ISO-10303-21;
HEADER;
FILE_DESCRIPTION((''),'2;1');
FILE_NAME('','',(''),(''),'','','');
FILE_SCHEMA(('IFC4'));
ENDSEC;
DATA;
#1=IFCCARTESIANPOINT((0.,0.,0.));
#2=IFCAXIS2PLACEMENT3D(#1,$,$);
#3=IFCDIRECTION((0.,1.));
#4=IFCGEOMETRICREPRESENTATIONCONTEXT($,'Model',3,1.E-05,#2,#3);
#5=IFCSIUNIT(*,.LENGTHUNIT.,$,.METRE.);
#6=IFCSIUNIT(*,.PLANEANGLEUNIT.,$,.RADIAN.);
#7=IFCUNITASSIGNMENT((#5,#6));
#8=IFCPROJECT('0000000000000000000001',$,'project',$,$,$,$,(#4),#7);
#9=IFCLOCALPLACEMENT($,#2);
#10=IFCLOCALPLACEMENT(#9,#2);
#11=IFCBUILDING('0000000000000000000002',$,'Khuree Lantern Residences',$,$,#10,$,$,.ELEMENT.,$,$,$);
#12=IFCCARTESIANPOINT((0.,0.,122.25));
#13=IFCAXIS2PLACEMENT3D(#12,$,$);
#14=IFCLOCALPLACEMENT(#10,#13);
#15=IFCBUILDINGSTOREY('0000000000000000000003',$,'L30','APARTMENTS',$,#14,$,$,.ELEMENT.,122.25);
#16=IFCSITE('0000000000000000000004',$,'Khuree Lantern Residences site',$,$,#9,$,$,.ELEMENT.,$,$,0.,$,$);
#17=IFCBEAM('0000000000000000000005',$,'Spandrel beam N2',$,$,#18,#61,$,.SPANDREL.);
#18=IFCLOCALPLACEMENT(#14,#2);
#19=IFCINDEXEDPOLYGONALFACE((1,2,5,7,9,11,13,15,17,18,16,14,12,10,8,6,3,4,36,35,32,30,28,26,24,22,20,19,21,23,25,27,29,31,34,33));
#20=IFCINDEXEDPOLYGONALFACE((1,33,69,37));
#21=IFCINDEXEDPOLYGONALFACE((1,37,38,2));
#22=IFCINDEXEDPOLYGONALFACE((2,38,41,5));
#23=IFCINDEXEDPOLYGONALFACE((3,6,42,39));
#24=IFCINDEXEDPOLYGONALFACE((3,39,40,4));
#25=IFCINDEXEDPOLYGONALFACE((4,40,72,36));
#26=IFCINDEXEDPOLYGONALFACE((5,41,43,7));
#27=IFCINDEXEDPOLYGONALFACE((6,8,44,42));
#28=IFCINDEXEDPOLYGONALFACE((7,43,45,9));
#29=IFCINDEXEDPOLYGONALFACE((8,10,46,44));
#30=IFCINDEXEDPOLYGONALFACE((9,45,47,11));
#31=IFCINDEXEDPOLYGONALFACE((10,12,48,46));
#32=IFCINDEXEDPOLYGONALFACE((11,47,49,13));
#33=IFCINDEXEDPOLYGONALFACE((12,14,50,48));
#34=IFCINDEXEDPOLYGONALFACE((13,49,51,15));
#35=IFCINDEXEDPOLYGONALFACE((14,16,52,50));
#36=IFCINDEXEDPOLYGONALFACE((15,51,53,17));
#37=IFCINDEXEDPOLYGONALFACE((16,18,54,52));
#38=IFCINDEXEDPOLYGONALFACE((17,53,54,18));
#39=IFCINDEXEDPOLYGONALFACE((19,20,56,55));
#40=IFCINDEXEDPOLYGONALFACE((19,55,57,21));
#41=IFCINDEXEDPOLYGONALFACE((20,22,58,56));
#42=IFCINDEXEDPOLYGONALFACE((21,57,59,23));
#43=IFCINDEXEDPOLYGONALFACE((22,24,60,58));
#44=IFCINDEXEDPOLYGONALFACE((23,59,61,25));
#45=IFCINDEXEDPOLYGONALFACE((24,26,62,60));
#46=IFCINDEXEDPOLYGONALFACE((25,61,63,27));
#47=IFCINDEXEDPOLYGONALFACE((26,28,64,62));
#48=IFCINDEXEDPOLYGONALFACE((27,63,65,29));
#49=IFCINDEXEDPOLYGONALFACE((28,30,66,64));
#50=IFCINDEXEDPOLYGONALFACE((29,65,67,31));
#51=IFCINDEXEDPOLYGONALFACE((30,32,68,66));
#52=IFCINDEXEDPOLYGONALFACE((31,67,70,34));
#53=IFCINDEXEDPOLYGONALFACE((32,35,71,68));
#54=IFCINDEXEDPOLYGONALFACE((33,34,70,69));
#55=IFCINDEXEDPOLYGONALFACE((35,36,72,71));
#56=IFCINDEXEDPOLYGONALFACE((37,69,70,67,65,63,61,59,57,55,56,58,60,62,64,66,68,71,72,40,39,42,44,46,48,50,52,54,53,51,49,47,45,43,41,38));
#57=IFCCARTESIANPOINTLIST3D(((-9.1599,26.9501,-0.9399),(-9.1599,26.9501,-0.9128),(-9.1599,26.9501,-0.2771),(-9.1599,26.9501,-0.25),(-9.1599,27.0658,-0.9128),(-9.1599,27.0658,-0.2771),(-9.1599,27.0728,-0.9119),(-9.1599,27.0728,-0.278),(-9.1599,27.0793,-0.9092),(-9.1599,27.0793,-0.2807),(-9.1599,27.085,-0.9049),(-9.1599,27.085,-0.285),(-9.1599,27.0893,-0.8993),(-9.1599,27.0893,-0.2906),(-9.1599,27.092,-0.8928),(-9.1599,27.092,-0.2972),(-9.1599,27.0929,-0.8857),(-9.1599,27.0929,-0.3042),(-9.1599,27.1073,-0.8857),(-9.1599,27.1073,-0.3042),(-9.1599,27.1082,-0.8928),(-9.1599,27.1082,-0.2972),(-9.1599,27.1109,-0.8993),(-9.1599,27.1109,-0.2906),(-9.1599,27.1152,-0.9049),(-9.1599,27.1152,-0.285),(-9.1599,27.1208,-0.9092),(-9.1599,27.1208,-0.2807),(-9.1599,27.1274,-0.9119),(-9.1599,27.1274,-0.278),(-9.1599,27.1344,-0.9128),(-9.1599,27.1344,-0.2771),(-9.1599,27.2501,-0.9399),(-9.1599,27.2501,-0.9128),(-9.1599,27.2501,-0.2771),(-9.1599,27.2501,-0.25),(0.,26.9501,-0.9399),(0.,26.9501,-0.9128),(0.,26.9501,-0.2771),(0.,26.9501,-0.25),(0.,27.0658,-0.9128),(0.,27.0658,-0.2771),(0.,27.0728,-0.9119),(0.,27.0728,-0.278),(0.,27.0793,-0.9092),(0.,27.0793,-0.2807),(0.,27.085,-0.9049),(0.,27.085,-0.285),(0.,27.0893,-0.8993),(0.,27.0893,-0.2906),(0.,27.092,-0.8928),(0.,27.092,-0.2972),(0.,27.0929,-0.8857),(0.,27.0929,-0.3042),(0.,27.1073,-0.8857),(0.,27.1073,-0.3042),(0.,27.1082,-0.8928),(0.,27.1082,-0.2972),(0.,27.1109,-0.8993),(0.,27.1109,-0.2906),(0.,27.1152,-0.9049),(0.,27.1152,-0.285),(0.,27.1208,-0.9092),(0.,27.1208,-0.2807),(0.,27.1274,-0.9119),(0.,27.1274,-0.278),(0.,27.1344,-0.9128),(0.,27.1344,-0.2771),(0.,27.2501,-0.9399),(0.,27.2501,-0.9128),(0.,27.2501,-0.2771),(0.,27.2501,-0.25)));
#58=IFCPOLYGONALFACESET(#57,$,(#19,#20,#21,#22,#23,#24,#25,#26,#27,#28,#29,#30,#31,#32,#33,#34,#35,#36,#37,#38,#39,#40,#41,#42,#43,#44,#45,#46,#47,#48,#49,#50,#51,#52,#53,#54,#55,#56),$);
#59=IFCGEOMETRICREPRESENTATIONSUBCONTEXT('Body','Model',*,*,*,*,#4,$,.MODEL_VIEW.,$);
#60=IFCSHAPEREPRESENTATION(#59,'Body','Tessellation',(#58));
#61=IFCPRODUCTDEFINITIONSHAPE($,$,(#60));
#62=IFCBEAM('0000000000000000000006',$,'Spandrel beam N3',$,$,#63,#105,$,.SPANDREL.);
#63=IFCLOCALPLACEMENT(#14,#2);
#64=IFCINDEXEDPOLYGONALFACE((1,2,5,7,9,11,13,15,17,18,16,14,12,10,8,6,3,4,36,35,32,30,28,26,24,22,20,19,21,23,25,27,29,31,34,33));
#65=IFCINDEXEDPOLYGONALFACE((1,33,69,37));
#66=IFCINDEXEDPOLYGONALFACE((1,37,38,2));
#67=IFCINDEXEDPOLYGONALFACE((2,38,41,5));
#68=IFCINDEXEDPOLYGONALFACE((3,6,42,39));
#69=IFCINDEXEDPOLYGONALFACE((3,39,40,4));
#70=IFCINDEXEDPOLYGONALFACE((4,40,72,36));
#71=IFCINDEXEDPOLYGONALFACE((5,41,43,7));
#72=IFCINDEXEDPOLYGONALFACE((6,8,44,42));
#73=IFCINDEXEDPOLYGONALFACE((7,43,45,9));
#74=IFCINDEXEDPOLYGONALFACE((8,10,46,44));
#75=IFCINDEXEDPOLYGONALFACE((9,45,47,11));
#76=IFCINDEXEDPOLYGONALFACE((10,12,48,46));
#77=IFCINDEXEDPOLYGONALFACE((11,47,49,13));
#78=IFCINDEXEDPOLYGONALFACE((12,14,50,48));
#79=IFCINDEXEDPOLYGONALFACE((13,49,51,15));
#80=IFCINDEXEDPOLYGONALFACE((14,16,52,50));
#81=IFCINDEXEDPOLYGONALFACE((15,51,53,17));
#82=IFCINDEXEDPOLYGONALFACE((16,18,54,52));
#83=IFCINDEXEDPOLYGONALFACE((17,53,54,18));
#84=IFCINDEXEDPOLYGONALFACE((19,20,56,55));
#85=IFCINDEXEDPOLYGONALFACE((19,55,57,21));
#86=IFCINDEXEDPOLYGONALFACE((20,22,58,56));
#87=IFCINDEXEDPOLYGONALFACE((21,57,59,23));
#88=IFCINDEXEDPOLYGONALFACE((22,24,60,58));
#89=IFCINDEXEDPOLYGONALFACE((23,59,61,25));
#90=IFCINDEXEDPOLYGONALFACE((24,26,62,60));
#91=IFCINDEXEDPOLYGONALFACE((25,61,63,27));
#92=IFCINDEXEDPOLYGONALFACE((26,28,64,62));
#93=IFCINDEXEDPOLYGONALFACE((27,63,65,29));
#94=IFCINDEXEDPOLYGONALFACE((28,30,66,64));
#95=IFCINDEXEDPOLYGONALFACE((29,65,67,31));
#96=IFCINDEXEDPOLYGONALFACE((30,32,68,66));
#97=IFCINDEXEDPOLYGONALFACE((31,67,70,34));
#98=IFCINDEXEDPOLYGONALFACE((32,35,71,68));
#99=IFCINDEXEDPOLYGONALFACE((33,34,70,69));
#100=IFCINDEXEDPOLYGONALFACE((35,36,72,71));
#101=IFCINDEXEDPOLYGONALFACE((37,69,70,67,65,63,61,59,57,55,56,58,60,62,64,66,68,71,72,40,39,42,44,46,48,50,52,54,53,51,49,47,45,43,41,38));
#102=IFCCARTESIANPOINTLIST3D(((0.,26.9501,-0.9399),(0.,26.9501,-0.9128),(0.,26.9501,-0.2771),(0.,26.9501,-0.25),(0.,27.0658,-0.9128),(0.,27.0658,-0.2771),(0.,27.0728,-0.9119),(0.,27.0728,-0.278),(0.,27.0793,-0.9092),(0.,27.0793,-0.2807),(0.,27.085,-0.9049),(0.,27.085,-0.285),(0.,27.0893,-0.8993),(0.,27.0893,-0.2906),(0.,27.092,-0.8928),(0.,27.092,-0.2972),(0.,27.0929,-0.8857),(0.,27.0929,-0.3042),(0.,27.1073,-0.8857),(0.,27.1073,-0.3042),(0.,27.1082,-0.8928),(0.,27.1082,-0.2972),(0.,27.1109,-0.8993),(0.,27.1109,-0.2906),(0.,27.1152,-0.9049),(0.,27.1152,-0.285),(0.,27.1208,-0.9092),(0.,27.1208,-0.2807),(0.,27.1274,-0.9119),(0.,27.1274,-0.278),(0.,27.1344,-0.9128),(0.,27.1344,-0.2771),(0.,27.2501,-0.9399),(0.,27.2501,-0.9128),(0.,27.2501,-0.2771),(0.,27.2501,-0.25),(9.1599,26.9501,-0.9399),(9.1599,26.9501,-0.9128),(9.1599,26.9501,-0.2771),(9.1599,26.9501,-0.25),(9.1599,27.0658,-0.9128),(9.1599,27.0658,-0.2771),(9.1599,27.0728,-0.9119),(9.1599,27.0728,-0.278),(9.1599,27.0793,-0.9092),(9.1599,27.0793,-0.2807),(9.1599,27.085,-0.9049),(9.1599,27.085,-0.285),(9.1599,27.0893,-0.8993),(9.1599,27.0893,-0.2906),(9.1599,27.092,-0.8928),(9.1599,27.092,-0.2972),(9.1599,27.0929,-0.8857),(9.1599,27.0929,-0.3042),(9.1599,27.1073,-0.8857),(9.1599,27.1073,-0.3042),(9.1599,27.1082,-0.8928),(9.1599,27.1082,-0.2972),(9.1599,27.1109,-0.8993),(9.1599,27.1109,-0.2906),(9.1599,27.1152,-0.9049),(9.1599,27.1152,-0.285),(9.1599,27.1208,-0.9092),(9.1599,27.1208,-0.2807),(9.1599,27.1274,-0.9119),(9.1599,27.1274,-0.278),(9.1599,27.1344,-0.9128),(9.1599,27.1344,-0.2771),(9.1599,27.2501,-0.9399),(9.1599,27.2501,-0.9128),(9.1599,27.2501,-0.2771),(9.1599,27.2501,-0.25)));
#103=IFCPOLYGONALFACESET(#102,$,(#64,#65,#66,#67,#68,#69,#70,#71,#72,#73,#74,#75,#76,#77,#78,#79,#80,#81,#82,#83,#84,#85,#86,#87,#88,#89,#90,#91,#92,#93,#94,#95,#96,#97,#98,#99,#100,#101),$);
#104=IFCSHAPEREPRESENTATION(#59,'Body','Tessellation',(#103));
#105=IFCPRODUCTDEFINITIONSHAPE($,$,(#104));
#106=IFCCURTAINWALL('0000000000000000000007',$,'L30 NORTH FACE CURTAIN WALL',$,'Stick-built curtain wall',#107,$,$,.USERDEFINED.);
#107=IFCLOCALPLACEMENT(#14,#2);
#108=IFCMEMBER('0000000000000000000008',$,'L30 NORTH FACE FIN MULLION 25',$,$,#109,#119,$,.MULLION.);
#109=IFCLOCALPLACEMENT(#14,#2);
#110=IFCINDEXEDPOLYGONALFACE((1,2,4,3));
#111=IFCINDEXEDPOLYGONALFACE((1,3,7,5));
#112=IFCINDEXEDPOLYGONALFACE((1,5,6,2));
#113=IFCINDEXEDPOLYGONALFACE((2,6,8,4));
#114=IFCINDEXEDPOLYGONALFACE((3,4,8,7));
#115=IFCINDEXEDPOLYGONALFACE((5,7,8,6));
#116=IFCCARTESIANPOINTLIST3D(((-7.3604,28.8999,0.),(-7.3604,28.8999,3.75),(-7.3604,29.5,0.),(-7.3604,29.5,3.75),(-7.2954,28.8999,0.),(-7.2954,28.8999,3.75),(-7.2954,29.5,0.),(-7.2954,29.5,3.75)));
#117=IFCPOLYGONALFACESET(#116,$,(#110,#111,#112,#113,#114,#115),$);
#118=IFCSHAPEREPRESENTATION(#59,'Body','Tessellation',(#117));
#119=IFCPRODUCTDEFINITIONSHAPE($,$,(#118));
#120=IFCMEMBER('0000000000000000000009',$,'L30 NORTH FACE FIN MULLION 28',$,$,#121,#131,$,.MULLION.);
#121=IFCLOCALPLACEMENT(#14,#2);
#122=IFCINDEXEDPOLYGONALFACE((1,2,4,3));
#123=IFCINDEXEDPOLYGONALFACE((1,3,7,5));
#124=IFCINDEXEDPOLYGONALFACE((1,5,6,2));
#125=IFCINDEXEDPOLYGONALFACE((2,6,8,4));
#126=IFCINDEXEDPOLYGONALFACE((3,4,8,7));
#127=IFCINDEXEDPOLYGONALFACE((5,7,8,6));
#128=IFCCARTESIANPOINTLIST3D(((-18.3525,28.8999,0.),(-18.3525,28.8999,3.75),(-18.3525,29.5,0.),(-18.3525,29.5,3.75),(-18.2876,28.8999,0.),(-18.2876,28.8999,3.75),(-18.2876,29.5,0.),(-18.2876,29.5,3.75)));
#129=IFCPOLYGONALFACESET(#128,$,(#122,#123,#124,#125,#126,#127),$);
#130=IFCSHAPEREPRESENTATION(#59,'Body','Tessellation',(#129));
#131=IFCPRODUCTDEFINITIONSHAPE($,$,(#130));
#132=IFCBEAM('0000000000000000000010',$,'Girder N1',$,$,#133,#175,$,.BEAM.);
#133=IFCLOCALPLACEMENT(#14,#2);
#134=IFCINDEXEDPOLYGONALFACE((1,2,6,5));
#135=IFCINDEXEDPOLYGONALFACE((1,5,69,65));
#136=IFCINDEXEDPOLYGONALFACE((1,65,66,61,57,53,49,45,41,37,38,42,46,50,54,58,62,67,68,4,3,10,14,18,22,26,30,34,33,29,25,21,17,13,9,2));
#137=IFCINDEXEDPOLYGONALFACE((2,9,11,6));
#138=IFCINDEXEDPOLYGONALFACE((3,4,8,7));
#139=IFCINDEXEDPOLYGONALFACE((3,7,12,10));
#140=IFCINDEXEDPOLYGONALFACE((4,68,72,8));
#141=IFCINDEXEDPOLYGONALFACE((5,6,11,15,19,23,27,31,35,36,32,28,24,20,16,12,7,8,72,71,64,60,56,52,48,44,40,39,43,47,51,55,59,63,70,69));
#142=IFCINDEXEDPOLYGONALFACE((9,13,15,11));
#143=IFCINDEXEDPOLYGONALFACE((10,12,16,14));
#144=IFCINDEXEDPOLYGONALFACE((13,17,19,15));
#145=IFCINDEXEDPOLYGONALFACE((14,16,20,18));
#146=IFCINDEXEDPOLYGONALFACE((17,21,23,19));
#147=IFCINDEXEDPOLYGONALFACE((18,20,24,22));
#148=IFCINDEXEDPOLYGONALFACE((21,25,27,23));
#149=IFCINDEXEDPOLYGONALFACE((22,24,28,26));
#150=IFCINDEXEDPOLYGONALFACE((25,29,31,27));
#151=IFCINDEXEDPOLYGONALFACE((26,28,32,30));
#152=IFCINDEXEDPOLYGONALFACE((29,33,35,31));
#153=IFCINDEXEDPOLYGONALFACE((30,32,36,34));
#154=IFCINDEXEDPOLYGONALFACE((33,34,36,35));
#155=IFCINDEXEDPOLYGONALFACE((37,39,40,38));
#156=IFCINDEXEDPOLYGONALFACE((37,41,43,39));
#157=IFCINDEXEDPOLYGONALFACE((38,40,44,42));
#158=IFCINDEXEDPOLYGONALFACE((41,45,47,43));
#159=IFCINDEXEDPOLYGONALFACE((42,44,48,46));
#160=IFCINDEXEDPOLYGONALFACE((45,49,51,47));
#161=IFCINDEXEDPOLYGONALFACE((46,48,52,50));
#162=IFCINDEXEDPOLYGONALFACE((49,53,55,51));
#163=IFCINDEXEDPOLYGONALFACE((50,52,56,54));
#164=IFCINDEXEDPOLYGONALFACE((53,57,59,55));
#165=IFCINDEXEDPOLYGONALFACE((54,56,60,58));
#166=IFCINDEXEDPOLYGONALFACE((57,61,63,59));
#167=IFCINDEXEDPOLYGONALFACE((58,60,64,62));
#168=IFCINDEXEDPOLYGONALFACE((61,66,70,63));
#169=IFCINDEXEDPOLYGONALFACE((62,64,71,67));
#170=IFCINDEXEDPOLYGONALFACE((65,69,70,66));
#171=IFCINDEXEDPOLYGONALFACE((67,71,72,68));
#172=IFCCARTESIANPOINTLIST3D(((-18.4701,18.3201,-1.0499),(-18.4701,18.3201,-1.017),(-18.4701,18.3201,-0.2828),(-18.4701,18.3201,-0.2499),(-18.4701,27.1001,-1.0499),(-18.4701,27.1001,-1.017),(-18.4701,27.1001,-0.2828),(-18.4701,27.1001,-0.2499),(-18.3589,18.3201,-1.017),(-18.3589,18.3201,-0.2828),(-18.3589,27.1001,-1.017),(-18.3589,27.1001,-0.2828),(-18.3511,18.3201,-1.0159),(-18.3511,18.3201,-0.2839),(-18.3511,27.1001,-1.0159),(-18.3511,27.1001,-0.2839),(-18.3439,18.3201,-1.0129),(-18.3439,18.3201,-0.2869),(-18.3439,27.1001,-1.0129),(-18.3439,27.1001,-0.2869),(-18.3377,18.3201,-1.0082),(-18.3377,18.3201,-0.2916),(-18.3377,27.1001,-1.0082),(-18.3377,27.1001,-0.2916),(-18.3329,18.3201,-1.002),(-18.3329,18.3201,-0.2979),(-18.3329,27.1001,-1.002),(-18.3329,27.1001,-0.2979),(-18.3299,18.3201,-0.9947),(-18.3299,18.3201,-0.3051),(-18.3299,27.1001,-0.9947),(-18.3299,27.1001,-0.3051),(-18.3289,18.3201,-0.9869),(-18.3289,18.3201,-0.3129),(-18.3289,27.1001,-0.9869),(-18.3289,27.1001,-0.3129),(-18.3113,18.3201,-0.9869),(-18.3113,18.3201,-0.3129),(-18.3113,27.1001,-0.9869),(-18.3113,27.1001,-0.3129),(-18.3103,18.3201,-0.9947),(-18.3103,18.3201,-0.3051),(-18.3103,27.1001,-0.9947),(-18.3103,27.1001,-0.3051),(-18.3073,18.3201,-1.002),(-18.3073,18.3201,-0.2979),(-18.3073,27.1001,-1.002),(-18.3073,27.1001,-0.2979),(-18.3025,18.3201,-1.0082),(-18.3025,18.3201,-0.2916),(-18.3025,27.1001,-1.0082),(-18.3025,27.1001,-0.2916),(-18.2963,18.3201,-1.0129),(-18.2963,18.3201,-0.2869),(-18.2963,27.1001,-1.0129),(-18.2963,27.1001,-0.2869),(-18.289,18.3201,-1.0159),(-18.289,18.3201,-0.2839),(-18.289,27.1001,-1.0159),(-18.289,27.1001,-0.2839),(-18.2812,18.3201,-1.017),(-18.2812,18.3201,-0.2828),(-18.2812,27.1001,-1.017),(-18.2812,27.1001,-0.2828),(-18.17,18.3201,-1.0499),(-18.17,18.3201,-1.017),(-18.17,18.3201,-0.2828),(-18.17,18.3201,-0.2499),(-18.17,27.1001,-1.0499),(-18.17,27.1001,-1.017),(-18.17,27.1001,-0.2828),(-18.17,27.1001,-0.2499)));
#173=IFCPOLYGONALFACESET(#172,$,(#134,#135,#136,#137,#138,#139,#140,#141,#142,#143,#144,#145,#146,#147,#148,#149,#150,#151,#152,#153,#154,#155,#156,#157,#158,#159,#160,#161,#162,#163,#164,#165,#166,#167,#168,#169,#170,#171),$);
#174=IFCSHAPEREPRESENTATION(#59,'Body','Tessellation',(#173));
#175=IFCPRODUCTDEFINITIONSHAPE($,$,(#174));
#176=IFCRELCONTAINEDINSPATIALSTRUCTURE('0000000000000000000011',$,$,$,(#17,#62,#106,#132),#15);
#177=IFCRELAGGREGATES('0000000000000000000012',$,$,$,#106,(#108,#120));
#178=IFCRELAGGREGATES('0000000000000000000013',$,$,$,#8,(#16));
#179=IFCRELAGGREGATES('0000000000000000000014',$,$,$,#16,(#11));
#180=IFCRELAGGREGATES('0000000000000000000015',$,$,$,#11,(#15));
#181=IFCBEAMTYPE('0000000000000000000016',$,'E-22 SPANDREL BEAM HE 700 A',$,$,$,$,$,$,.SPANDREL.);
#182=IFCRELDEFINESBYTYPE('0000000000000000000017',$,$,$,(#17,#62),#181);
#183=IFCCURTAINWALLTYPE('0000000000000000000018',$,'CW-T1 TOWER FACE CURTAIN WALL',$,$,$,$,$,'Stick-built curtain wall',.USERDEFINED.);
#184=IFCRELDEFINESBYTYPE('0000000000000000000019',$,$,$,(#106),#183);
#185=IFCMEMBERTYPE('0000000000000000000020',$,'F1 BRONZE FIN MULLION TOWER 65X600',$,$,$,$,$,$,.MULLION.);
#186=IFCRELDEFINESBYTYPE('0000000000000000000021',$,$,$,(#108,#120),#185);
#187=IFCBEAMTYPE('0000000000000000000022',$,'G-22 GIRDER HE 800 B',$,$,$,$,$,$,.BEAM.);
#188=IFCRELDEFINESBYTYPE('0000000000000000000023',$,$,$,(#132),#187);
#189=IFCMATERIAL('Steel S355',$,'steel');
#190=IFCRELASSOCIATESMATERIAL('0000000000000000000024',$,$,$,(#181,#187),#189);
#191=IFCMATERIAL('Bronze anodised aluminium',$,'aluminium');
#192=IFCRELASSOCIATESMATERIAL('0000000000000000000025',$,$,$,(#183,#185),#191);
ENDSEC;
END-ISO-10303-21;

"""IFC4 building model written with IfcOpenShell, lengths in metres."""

from ifc_helpers import new_model, si_unit, direction, frame, origin, origin_2d, place, context, subcontext, project, spatial, rectangle, i_section, extrude, material, material_profile, profile_set, type_object, element, aggregate, save


model = new_model("IFC4")

# Units and contexts
model_context = context("Model", 3, precision=1e-05, world=origin(), true_north=direction((0.0, 1.0)))
body_context = subcontext(model_context, "Body", "Model", "MODEL_VIEW")
ifc_project = project(units=[si_unit("LENGTHUNIT", "METRE"), si_unit("PLANEANGLEUNIT", "RADIAN")], contexts=[model_context])

# Site, building, storey
site_placement = place(None, origin())
site = spatial("IfcSite", under=ifc_project, at=site_placement, Name="Khuree Lantern Residences site", CompositionType="ELEMENT", RefElevation=0.0)
building_placement = place(site_placement, origin())
building = spatial("IfcBuilding", under=site, at=building_placement, Name="Khuree Lantern Residences", CompositionType="ELEMENT")
storey_placement = place(building_placement, frame((0.0, 0.0, 122.25)))
storey = spatial("IfcBuildingStorey", under=building, at=storey_placement, Name="L30", Description="APARTMENTS", CompositionType="ELEMENT", Elevation=122.25)

# Beams
ifc_material_1 = material(Name="Steel S355", Category="steel")
ifc_material_profile_1 = material_profile(ifc_material_1, i_section(OverallWidth=0.3, OverallDepth=0.6899, WebThickness=0.0144, FlangeThickness=0.0271, FilletRadius=0.0271, at=origin_2d()), Name="HE 700 A")
ifc_profile_set_1 = profile_set([ifc_material_profile_1], Name="Steel S355")
beam_type_1 = type_object("IfcBeamType", Name="E-22 SPANDREL BEAM HE 700 A", PredefinedType="SPANDREL", material=ifc_profile_set_1)
for number, where, z_axis, x_axis, name in (
    (1, (-9.1599, 27.1001, -0.595), (1.0, 0.0, 0.0), (0.0, 1.0, 0.0), "Spandrel beam N2"),
    (2, (0.0, 27.1001, -0.595), (1.0, 0.0, 0.0), (0.0, 1.0, 0.0), "Spandrel beam N3"),
):
    element("IfcBeam", number, at=place(storey_placement, frame(where, z_axis=z_axis, x_axis=x_axis)), inside=storey, type_object=beam_type_1, Name=name, PredefinedType="SPANDREL", context=body_context, shape_type="SweptSolid", body=[
        extrude(i_section(OverallWidth=0.3, OverallDepth=0.6899, WebThickness=0.0144, FlangeThickness=0.0271, FilletRadius=0.0271, at=origin_2d()), origin(), (0.0, 0.0, 1.0), 9.1599),
    ])

# Curtain wall, members
ifc_material_2 = material(Name="Bronze anodised aluminium", Category="aluminium")
curtain_wall_type = type_object("IfcCurtainWallType", Name="CW-T1 TOWER FACE CURTAIN WALL", ElementType="Stick-built curtain wall", PredefinedType="USERDEFINED", material=ifc_material_2)
curtain_wall_placement = place(storey_placement, origin())
curtain_wall = element("IfcCurtainWall", 3, at=curtain_wall_placement, inside=storey, type_object=curtain_wall_type, Name="L30 NORTH FACE CURTAIN WALL", ObjectType="Stick-built curtain wall", PredefinedType="USERDEFINED")
ifc_material_profile_2 = material_profile(ifc_material_2, rectangle(XDim=0.0649, YDim=0.6001, at=origin_2d()), Name="F1 65X600")
ifc_profile_set_2 = profile_set([ifc_material_profile_2], Name="Bronze anodised aluminium")
member_type_1 = type_object("IfcMemberType", Name="F1 BRONZE FIN MULLION TOWER 65X600", PredefinedType="MULLION", material=ifc_profile_set_2)
member_1_placement = place(storey_placement, frame((-7.3279, 29.2, 0.0), z_axis=(0.0, 0.0, 1.0), x_axis=(-1.0, 0.0, 0.0)))
member_1 = element("IfcMember", 4, at=member_1_placement, type_object=member_type_1, Name="L30 NORTH FACE FIN MULLION 25", PredefinedType="MULLION", context=body_context, shape_type="SweptSolid", body=[
    extrude(rectangle(XDim=0.0649, YDim=0.6001, at=origin_2d()), origin(), (0.0, 0.0, 1.0), 3.75),
])
member_2_placement = place(storey_placement, frame((-18.3201, 29.2, 0.0), z_axis=(0.0, 0.0, 1.0), x_axis=(-1.0, 0.0, 0.0)))
member_2 = element("IfcMember", 5, at=member_2_placement, type_object=member_type_1, Name="L30 NORTH FACE FIN MULLION 28", PredefinedType="MULLION", context=body_context, shape_type="SweptSolid", body=[
    extrude(rectangle(XDim=0.0649, YDim=0.6001, at=origin_2d()), origin(), (0.0, 0.0, 1.0), 3.75),
])

# Beam
ifc_material_profile_3 = material_profile(ifc_material_1, i_section(OverallWidth=0.3, OverallDepth=0.8, WebThickness=0.0176, FlangeThickness=0.033, FilletRadius=0.03, at=origin_2d()), Name="HE 800 B")
ifc_profile_set_3 = profile_set([ifc_material_profile_3], Name="Steel S355")
beam_type_2 = type_object("IfcBeamType", Name="G-22 GIRDER HE 800 B", PredefinedType="BEAM", material=ifc_profile_set_3)
beam_1_placement = place(storey_placement, frame((-18.3201, 27.1001, -0.6499), z_axis=(0.0, -1.0, 0.0), x_axis=(1.0, 0.0, 0.0)))
element("IfcBeam", 6, at=beam_1_placement, inside=storey, type_object=beam_type_2, Name="Girder N1", PredefinedType="BEAM", context=body_context, shape_type="SweptSolid", body=[
    extrude(i_section(OverallWidth=0.3, OverallDepth=0.8, WebThickness=0.0176, FlangeThickness=0.033, FilletRadius=0.03, at=origin_2d()), origin(), (0.0, 0.0, 1.0), 8.78),
])

aggregate(curtain_wall, [member_1, member_2])

save(model, "model.ifc")
